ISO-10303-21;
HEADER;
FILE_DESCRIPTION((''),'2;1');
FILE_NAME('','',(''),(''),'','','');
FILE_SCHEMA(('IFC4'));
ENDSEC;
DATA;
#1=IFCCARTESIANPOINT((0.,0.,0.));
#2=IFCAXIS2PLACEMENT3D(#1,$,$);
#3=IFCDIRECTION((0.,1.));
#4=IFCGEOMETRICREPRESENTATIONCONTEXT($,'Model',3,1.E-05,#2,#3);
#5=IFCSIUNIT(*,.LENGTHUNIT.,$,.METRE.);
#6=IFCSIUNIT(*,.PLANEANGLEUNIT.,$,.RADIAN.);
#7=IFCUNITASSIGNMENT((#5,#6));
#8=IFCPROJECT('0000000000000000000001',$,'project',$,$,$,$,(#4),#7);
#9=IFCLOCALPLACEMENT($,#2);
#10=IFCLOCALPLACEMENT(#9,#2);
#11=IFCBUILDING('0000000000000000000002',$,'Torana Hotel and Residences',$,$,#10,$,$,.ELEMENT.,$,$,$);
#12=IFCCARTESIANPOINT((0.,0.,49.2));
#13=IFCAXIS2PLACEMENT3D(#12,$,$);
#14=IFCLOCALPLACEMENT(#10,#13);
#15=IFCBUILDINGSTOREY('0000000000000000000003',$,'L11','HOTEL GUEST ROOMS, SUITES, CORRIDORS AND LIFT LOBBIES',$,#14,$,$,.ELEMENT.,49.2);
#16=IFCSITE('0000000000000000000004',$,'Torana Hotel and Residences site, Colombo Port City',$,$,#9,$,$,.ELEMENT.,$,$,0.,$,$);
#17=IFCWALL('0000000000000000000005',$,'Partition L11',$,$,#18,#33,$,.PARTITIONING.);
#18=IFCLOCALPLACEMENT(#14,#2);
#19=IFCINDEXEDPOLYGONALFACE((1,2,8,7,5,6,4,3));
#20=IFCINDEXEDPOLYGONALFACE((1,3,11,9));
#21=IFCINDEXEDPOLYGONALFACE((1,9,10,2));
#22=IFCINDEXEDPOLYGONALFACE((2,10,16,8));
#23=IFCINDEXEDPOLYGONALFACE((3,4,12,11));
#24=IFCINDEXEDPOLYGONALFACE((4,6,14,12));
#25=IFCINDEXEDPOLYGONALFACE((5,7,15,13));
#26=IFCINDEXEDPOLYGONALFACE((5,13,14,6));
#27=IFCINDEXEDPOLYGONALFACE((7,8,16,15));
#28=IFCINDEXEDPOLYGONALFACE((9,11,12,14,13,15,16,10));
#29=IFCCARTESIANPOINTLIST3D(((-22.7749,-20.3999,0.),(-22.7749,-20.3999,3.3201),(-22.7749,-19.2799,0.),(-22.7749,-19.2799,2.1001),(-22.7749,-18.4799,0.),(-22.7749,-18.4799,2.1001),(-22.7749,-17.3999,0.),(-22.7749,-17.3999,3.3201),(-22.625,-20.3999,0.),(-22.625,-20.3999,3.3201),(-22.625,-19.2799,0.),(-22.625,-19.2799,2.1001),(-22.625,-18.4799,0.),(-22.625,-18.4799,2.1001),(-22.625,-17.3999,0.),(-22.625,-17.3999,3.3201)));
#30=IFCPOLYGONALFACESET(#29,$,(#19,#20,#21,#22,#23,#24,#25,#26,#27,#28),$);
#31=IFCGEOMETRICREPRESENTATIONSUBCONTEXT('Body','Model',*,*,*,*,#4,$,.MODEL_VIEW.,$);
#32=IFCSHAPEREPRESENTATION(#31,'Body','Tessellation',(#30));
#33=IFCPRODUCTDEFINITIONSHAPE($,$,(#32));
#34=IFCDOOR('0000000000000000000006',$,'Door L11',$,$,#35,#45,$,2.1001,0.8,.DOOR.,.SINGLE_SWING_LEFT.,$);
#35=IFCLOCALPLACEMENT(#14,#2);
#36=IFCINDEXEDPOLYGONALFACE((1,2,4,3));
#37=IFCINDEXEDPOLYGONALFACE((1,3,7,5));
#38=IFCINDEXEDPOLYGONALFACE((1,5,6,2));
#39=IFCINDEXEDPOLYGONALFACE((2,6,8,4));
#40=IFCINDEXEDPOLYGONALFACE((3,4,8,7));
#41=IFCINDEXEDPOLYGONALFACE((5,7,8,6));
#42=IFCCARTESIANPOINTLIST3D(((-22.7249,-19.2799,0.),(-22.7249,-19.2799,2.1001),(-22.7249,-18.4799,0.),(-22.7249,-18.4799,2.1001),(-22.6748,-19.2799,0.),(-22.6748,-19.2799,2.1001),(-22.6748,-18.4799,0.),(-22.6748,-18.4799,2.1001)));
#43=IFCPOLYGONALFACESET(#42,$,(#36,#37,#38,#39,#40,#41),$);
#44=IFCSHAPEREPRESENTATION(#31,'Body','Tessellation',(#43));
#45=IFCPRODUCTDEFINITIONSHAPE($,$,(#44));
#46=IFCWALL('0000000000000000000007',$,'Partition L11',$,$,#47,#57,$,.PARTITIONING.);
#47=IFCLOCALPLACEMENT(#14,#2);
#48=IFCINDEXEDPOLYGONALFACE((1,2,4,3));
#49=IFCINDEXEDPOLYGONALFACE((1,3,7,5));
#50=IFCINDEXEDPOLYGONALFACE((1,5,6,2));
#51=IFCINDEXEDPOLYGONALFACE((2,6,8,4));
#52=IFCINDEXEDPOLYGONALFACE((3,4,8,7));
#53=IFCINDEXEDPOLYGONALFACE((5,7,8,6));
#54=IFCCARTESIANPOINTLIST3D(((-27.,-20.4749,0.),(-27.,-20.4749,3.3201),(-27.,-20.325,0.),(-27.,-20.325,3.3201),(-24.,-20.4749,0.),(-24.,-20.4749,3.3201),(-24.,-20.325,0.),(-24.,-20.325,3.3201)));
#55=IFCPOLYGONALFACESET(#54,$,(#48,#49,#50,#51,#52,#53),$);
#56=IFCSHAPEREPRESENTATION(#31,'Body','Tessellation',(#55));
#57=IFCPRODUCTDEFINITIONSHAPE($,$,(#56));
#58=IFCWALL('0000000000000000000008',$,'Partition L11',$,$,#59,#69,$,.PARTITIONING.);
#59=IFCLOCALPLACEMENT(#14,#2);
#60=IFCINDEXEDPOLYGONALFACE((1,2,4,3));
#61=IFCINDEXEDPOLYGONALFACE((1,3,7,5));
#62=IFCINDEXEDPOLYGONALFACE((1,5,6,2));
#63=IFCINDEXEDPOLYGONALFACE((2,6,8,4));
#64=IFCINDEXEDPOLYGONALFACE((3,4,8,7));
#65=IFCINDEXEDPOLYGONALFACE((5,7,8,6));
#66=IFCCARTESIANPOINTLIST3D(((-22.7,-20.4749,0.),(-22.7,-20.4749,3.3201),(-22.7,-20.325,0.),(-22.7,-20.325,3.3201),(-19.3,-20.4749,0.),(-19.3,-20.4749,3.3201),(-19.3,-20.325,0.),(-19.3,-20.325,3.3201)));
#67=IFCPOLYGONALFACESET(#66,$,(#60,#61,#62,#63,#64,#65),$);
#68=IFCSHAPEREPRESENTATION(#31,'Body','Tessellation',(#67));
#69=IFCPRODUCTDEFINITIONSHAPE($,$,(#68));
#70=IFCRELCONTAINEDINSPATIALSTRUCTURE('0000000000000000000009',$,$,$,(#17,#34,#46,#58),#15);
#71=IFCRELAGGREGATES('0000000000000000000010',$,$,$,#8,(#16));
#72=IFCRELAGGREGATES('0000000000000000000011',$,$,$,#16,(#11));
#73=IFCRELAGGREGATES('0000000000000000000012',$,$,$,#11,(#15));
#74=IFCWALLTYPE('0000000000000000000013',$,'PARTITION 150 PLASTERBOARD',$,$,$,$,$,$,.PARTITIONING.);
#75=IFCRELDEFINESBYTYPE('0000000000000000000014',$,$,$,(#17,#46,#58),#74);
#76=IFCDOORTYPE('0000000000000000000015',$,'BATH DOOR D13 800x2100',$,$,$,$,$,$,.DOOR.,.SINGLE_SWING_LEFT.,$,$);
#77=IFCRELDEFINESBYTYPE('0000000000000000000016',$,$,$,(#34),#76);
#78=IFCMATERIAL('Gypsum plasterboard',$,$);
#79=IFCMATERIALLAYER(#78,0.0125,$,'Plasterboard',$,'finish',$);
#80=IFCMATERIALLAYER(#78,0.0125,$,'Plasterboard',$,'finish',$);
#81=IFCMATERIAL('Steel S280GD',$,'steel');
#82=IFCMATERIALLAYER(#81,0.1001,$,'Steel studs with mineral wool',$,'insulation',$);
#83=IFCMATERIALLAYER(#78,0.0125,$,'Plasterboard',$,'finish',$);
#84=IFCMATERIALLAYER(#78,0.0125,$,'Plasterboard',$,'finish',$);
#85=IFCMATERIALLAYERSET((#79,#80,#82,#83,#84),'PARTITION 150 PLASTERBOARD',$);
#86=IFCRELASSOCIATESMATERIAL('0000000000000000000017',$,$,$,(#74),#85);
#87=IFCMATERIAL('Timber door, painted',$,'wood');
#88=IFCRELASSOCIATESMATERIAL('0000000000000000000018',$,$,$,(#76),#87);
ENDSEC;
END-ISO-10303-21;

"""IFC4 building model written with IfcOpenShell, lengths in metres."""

from ifc_helpers import new_model, si_unit, direction, frame, frame_2d, origin, place, context, subcontext, project, spatial, rectangle, extrude, material, layer, layer_set, type_object, element, fill, save


model = new_model("IFC4")

# Units and contexts
model_context = context("Model", 3, precision=1e-05, world=origin(), true_north=direction((0.0, 1.0)))
body_context = subcontext(model_context, "Body", "Model", "MODEL_VIEW")
ifc_project = project(units=[si_unit("LENGTHUNIT", "METRE"), si_unit("PLANEANGLEUNIT", "RADIAN")], contexts=[model_context])

# Site, building, storey
site_placement = place(None, origin())
site = spatial("IfcSite", under=ifc_project, at=site_placement, Name="Torana Hotel and Residences site, Colombo Port City", CompositionType="ELEMENT", RefElevation=0.0)
building_placement = place(site_placement, origin())
building = spatial("IfcBuilding", under=site, at=building_placement, Name="Torana Hotel and Residences", CompositionType="ELEMENT")
storey_placement = place(building_placement, frame((0.0, 0.0, 49.2)))
storey = spatial("IfcBuildingStorey", under=building, at=storey_placement, Name="L11", Description="HOTEL GUEST ROOMS, SUITES, CORRIDORS AND LIFT LOBBIES", CompositionType="ELEMENT", Elevation=49.2)

# Wall, opening, door
ifc_material_1 = material(Name="Gypsum plasterboard")
ifc_layer_1 = layer(ifc_material_1, 0.0125, Name="Plasterboard", Category="finish")
ifc_layer_2 = layer(ifc_material_1, 0.0125, Name="Plasterboard", Category="finish")
ifc_material_2 = material(Name="Steel S280GD", Category="steel")
ifc_layer_3 = layer(ifc_material_2, 0.1001, Name="Steel studs with mineral wool", Category="insulation")
ifc_layer_4 = layer(ifc_material_1, 0.0125, Name="Plasterboard", Category="finish")
ifc_layer_5 = layer(ifc_material_1, 0.0125, Name="Plasterboard", Category="finish")
ifc_layer_set_1 = layer_set([ifc_layer_1, ifc_layer_2, ifc_layer_3, ifc_layer_4, ifc_layer_5], Name="PARTITION 150 PLASTERBOARD")
wall_type_1 = type_object("IfcWallType", Name="PARTITION 150 PLASTERBOARD", PredefinedType="PARTITIONING", material=ifc_layer_set_1)
ifc_material_3 = material(Name="Timber door, painted", Category="wood")
door_type_1 = type_object("IfcDoorType", Name="BATH DOOR D13 800x2100", OperationType="SINGLE_SWING_LEFT", PredefinedType="DOOR", material=ifc_material_3)
wall_1_placement = place(storey_placement, frame((-22.7, -20.3999, 0.0), z_axis=(0.0, 0.0, 1.0), x_axis=(0.0, 1.0, 0.0)))
wall_1 = element("IfcWall", 1, at=wall_1_placement, inside=storey, type_object=wall_type_1, Name="Partition L11", PredefinedType="PARTITIONING", context=body_context, shape_type="SweptSolid", body=[
    extrude(rectangle(XDim=3.0, YDim=0.1499, at=frame_2d((1.5, 0.0))), origin(), (0.0, 0.0, 1.0), 3.3201),
])
opening_1_placement = place(wall_1_placement, frame((1.1201, 0.0, 0.0)))
opening_1 = element("IfcOpeningElement", 2, at=opening_1_placement, cuts=wall_1, PredefinedType="OPENING", context=body_context, shape_type="SweptSolid", body=[
    extrude(rectangle(XDim=0.8, YDim=2.1001, at=frame_2d((0.3999, 1.05))), frame((0.0, 0.085, 0.0), z_axis=(0.0, -1.0, 0.0), x_axis=(1.0, 0.0, 0.0)), (0.0, 0.0, 1.0), 0.1699),
])
door_1_placement = place(opening_1_placement, origin())
door_1 = element("IfcDoor", 3, at=door_1_placement, inside=storey, type_object=door_type_1, Name="Door L11", OperationType="SINGLE_SWING_LEFT", OverallHeight=2.1001, OverallWidth=0.8, PredefinedType="DOOR", context=body_context, shape_type="SweptSolid", body=[
    extrude(rectangle(XDim=0.8, YDim=2.1001, at=frame_2d((0.3999, 1.05))), frame((0.0, 0.0249, 0.0), z_axis=(0.0, -1.0, 0.0), x_axis=(1.0, 0.0, 0.0)), (0.0, 0.0, 1.0), 0.05),
])
fill(opening_1, door_1)

# Walls
wall_2_placement = place(storey_placement, frame((-27.0, -20.3999, 0.0), z_axis=(0.0, 0.0, 1.0), x_axis=(1.0, 0.0, 0.0)))
element("IfcWall", 4, at=wall_2_placement, inside=storey, type_object=wall_type_1, Name="Partition L11", PredefinedType="PARTITIONING", context=body_context, shape_type="SweptSolid", body=[
    extrude(rectangle(XDim=3.0, YDim=0.1499, at=frame_2d((1.5, 0.0))), origin(), (0.0, 0.0, 1.0), 3.3201),
])
wall_3_placement = place(storey_placement, frame((-22.7, -20.3999, 0.0), z_axis=(0.0, 0.0, 1.0), x_axis=(1.0, 0.0, 0.0)))
element("IfcWall", 5, at=wall_3_placement, inside=storey, type_object=wall_type_1, Name="Partition L11", PredefinedType="PARTITIONING", context=body_context, shape_type="SweptSolid", body=[
    extrude(rectangle(XDim=3.3999, YDim=0.1499, at=frame_2d((1.7, 0.0))), origin(), (0.0, 0.0, 1.0), 3.3201),
])

save(model, "model.ifc")
